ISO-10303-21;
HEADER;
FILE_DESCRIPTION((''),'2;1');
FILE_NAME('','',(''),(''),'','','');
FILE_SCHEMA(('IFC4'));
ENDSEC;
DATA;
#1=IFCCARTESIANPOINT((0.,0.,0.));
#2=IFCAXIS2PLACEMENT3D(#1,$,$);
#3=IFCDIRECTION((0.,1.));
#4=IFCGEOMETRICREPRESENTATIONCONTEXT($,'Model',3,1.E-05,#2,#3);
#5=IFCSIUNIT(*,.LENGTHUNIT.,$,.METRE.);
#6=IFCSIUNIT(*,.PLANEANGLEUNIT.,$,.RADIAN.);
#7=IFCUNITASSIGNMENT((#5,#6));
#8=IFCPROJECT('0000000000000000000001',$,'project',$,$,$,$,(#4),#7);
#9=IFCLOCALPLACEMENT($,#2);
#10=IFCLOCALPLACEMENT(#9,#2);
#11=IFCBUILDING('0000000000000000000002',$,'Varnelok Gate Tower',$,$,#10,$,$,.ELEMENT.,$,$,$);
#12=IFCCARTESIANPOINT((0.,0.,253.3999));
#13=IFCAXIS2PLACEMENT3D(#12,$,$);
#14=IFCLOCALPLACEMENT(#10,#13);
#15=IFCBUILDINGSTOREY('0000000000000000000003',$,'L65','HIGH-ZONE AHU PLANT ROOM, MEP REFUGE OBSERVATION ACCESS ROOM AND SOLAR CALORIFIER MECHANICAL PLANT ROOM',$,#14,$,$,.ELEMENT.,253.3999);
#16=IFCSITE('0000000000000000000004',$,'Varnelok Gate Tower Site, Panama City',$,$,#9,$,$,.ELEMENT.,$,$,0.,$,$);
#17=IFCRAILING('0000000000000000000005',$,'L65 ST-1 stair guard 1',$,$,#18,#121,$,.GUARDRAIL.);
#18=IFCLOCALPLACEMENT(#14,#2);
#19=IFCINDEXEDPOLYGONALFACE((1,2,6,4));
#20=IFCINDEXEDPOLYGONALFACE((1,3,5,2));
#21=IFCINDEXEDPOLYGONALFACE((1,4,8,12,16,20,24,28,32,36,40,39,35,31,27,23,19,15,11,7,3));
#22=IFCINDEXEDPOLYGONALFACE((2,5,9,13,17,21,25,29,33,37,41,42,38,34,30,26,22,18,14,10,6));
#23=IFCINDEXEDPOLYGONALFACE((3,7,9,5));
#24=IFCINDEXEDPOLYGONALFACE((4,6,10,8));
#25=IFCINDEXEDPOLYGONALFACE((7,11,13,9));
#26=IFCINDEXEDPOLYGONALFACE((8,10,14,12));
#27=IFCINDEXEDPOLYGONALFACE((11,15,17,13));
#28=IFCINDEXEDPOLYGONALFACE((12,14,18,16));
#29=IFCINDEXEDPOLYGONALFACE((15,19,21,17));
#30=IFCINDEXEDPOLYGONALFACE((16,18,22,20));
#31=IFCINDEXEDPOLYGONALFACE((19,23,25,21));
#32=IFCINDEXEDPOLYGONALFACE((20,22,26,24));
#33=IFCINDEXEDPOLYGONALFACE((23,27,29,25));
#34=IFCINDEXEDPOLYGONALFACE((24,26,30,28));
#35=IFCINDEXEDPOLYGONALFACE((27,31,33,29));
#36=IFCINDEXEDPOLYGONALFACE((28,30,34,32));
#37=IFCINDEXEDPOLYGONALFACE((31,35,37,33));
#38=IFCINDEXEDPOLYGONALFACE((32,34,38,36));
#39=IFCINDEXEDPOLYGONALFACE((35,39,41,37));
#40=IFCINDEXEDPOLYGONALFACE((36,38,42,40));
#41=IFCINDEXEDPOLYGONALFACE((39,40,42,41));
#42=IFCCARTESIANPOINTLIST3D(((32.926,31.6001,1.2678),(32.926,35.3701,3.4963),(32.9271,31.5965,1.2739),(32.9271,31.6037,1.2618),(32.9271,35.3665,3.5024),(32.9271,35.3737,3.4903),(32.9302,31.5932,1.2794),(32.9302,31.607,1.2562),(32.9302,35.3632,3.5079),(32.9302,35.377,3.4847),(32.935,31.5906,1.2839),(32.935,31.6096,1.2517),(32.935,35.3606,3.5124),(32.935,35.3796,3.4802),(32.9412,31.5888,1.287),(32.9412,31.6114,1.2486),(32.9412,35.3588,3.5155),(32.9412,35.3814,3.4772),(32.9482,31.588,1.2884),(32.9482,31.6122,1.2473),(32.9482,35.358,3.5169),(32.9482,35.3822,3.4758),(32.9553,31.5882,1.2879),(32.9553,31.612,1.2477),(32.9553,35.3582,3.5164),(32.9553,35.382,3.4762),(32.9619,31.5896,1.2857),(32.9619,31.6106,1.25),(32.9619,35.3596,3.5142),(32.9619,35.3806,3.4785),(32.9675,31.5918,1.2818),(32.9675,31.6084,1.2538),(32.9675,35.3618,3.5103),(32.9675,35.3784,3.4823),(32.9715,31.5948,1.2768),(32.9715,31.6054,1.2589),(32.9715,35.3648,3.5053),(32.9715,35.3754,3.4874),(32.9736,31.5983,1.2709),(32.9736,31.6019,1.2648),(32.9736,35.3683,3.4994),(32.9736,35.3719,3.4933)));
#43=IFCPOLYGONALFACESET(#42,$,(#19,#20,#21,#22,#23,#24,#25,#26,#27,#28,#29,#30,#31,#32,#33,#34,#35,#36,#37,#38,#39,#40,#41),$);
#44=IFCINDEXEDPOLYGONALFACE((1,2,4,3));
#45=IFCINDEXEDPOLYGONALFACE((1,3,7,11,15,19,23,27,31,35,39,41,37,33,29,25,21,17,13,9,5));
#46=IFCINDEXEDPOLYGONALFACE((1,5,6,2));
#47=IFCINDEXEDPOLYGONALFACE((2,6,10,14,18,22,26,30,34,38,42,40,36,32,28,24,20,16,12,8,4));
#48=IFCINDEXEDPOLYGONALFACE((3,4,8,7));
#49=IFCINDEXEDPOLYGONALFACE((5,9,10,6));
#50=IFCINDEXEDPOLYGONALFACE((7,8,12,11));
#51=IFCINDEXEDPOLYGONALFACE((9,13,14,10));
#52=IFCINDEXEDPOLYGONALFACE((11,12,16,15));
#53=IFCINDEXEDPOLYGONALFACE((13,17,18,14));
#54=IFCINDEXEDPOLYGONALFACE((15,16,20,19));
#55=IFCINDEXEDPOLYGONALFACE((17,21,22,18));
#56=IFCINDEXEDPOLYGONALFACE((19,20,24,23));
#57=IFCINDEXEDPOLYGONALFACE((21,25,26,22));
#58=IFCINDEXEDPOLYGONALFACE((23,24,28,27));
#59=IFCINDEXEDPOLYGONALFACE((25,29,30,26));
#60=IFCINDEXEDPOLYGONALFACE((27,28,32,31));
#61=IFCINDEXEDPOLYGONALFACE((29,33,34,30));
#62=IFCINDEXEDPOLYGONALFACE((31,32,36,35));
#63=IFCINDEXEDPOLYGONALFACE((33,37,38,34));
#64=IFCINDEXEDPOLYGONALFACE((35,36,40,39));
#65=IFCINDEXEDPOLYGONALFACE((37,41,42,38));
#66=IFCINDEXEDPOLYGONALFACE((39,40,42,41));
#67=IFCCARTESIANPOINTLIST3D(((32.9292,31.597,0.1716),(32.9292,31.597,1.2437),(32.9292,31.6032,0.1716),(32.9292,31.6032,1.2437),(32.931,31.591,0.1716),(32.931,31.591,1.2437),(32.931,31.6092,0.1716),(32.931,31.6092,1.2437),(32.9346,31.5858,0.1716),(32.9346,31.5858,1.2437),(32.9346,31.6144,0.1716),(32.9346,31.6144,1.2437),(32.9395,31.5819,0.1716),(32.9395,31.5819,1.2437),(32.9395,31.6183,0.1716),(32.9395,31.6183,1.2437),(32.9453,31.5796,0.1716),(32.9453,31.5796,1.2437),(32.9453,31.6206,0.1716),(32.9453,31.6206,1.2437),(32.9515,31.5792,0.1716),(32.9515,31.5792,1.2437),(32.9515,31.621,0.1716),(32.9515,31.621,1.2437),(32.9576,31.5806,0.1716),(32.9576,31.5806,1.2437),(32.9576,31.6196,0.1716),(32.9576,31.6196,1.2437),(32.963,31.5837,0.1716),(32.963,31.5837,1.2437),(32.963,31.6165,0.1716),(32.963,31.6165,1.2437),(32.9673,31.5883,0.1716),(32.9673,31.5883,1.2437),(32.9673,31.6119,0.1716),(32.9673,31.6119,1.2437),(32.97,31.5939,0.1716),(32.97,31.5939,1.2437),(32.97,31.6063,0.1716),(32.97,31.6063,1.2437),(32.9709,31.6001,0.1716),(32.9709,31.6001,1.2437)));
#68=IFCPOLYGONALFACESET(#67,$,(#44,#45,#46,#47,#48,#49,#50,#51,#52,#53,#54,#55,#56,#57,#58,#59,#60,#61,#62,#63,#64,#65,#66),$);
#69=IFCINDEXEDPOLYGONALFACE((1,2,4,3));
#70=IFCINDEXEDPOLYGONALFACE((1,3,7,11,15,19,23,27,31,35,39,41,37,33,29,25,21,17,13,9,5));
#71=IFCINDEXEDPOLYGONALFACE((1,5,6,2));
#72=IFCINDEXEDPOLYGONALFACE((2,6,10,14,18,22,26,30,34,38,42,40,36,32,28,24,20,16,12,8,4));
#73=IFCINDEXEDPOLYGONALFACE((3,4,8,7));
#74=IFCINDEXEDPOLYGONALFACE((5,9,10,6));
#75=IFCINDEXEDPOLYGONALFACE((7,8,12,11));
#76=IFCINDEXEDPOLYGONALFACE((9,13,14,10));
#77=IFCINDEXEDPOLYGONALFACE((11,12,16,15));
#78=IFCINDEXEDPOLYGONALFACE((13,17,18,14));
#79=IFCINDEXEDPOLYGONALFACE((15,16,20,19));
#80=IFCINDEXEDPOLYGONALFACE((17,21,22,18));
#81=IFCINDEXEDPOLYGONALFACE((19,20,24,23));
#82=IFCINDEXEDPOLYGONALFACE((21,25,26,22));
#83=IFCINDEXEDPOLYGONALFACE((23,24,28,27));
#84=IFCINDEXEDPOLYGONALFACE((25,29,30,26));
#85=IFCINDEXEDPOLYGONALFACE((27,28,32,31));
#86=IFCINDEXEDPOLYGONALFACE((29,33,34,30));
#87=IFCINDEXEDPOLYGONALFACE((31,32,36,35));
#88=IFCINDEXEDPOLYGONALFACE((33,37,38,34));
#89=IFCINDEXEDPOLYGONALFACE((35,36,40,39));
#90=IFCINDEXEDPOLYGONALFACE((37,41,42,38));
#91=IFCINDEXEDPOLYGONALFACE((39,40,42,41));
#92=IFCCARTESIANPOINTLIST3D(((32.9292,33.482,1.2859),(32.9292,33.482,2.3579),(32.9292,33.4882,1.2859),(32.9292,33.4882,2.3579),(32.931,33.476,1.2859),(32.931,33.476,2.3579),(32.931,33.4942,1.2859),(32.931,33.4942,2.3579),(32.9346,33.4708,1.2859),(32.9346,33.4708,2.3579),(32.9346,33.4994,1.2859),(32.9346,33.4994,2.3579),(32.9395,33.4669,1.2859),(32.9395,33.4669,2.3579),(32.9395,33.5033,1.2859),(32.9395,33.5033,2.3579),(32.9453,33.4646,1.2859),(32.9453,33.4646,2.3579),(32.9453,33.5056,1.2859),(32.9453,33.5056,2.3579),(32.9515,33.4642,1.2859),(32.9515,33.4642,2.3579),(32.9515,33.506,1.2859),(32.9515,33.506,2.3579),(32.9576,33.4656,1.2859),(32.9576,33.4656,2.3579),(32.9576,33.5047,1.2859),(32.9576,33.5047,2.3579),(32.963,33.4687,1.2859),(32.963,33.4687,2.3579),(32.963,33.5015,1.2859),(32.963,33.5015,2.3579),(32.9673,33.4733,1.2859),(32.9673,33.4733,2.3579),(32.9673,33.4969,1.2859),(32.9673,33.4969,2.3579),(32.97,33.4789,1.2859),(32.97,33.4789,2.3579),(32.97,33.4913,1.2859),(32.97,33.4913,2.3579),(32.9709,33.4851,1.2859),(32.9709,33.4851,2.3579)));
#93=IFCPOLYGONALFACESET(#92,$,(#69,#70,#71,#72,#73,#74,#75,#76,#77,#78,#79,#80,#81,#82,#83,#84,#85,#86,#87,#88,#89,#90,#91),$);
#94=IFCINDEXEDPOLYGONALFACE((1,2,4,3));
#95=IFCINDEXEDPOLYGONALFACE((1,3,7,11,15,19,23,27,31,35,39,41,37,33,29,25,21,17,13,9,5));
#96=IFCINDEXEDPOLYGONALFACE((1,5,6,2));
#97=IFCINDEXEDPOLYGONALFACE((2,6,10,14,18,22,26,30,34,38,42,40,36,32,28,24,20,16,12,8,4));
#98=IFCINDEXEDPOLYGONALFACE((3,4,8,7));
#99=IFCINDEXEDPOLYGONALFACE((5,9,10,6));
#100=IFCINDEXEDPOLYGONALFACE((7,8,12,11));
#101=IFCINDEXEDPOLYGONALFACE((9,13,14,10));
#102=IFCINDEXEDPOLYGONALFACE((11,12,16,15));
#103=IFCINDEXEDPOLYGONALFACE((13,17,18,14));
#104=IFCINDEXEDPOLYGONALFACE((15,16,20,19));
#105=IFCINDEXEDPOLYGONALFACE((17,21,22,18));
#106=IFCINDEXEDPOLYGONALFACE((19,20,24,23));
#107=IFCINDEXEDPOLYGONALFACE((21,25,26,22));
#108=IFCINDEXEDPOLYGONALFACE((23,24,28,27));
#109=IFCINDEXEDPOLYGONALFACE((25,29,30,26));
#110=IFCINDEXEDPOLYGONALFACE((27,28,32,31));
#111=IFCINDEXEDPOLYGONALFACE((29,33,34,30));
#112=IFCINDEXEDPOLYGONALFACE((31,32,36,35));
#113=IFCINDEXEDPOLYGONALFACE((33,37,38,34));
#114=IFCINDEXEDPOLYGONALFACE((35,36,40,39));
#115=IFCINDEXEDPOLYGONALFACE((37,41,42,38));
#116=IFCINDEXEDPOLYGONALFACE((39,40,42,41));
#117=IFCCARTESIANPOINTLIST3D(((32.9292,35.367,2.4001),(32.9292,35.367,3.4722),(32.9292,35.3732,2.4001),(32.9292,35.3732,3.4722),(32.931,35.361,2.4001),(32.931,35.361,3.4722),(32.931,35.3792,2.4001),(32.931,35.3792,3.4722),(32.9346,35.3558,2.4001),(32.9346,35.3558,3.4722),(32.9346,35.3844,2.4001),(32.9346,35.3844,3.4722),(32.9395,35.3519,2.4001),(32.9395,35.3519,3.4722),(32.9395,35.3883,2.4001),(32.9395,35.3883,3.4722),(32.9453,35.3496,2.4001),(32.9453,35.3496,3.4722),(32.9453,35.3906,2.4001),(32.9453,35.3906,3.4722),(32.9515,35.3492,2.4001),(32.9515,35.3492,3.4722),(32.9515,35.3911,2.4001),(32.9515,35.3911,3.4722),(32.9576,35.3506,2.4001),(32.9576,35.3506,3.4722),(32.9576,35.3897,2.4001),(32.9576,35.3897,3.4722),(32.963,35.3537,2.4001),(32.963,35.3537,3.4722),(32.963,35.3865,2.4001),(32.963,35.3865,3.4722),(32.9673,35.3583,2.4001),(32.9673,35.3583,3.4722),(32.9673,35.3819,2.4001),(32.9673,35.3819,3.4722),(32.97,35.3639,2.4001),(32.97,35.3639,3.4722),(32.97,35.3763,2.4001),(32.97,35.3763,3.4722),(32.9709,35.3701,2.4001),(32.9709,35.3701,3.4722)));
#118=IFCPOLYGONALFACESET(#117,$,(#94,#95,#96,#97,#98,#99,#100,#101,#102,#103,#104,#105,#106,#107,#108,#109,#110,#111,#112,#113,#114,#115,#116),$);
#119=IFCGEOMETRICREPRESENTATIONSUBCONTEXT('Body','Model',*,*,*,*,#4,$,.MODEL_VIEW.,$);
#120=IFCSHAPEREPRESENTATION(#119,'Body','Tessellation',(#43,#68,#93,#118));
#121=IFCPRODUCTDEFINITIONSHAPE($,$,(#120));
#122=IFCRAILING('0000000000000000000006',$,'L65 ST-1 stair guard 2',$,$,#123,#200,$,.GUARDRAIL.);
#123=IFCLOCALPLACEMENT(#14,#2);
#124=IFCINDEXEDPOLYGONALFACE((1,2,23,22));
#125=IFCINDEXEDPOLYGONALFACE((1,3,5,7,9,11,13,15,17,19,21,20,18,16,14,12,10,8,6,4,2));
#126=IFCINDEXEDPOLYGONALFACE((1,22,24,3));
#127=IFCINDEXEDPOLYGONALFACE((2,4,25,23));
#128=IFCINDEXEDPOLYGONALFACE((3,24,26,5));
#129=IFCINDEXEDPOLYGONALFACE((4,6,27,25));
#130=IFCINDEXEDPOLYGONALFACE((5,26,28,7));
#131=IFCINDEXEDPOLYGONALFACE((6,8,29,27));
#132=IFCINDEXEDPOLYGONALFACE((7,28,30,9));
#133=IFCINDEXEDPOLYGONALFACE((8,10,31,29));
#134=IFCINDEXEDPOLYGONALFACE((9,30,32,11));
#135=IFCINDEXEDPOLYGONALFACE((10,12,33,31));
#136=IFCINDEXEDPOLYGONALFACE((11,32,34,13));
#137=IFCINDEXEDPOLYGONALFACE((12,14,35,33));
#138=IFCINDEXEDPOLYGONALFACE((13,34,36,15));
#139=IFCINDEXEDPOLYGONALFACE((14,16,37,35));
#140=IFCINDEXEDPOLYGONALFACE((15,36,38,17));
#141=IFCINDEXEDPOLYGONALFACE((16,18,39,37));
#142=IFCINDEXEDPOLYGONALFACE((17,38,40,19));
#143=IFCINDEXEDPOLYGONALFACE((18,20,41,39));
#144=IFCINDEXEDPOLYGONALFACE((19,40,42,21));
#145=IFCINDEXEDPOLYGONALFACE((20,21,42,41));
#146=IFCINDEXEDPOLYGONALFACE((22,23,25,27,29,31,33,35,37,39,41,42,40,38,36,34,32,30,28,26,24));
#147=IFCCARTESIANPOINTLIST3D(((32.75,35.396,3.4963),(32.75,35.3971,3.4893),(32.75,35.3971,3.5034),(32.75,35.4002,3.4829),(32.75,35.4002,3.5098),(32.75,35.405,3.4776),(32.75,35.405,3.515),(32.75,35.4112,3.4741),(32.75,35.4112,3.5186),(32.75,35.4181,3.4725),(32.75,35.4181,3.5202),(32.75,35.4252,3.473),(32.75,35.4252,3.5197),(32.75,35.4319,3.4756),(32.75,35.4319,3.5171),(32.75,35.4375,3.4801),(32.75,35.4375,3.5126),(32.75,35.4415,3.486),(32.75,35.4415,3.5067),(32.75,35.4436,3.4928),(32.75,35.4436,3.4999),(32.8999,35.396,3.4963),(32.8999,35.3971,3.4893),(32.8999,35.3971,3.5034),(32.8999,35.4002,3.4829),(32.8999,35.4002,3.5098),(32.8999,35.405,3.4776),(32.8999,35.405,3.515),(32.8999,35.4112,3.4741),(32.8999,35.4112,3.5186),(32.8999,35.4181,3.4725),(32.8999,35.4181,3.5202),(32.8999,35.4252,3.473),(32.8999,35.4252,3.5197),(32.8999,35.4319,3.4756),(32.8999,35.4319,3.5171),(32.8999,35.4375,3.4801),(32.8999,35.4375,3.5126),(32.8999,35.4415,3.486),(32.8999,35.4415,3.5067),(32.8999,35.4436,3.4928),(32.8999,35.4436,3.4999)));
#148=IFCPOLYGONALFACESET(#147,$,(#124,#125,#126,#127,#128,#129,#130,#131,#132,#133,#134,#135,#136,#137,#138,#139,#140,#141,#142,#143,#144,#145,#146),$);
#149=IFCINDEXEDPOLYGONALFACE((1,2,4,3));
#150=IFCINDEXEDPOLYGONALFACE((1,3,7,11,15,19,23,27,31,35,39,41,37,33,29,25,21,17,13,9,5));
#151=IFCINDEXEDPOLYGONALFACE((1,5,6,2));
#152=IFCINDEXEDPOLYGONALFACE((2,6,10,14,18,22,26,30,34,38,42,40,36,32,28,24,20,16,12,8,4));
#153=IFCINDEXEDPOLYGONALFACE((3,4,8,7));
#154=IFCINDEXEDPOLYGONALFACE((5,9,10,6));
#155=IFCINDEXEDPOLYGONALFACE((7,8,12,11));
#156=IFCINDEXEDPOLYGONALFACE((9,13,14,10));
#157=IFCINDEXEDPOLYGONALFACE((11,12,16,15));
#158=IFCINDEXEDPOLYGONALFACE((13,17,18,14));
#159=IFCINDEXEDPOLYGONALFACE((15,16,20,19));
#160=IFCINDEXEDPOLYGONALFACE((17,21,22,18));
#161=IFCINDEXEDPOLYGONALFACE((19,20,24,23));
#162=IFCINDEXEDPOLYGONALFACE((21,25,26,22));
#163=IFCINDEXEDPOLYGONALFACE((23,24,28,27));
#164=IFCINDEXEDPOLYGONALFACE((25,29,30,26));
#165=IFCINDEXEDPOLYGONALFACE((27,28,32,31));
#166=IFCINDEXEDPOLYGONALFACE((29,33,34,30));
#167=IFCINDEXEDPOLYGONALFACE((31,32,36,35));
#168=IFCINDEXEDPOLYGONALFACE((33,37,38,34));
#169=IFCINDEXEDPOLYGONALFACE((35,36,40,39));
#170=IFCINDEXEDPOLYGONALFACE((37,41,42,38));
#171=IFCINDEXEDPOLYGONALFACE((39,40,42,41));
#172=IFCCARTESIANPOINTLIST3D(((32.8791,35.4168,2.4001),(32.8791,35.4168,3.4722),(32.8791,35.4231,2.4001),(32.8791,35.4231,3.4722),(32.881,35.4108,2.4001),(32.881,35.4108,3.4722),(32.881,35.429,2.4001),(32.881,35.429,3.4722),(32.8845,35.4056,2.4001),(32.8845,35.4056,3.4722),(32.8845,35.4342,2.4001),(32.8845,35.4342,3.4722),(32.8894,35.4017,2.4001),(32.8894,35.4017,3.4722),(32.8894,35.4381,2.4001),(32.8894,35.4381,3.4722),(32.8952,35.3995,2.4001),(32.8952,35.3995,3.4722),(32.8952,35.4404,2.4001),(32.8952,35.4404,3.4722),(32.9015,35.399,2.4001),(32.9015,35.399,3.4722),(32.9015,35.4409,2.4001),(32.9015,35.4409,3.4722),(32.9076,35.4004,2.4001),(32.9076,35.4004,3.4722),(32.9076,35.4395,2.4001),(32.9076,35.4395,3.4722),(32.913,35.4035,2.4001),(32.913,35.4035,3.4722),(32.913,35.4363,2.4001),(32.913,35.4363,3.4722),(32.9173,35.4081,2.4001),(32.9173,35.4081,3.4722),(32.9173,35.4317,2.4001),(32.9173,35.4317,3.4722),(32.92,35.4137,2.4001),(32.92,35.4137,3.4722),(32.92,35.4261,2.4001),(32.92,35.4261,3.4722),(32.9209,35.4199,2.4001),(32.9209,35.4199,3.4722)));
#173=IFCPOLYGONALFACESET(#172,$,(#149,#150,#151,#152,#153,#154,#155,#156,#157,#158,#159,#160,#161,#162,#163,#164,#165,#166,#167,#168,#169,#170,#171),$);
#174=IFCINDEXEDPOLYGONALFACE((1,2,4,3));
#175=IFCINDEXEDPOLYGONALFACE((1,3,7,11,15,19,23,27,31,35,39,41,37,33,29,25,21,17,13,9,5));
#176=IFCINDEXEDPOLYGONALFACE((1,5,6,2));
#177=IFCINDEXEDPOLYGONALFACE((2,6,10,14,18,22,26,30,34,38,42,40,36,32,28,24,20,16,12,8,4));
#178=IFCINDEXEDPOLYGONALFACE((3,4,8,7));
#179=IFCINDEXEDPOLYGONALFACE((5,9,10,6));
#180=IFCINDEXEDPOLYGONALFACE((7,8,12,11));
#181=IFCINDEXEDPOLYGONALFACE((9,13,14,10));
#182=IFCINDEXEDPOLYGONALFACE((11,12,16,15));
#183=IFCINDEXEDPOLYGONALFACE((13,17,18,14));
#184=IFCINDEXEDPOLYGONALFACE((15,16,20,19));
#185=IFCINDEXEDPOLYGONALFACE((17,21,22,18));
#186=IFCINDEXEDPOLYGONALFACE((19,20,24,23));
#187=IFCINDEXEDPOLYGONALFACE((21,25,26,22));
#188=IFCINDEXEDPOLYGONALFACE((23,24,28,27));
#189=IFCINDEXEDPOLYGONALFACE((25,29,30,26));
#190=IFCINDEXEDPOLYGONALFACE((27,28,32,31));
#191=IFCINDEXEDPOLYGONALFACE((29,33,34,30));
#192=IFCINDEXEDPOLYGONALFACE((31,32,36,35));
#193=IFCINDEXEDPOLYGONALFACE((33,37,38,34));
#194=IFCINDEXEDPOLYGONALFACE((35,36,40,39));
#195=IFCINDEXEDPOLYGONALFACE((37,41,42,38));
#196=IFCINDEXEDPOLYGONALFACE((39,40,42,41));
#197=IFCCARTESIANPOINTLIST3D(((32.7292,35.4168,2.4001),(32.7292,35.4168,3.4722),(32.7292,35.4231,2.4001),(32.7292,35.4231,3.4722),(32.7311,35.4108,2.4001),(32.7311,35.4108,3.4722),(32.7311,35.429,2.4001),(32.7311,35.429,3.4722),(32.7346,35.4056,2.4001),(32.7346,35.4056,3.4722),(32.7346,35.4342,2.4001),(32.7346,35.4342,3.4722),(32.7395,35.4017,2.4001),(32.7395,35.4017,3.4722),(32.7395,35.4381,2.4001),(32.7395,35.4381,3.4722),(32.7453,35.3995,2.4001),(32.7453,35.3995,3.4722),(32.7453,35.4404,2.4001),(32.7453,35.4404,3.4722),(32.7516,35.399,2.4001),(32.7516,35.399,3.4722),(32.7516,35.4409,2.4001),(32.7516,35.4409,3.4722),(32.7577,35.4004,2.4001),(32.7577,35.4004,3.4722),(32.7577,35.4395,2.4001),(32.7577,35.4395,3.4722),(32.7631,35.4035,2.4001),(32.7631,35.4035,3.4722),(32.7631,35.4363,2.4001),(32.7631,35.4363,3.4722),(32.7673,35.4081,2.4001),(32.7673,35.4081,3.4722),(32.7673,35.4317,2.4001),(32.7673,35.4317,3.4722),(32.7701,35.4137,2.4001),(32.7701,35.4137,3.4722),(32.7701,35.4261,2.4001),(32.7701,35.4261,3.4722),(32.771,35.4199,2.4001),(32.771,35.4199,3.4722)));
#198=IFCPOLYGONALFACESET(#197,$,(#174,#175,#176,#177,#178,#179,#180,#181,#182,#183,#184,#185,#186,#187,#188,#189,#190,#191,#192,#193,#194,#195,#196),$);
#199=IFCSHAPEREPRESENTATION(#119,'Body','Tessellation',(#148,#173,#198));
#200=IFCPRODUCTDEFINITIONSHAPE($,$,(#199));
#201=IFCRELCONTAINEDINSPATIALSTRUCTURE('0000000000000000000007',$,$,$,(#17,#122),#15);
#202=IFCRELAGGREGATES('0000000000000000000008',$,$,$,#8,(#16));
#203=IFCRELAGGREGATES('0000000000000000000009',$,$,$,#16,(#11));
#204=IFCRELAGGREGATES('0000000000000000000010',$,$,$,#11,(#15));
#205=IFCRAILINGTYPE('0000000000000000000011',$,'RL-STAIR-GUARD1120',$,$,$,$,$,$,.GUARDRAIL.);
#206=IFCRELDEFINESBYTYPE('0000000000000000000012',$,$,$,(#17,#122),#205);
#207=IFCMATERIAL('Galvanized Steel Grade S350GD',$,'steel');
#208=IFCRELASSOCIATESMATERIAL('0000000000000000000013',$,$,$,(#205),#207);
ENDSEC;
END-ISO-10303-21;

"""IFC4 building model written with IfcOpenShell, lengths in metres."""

from ifc_helpers import new_model, si_unit, direction, frame, origin, origin_2d, place, context, subcontext, project, spatial, circle, extrude, material, type_object, element, save


model = new_model("IFC4")

# Units and contexts
model_context = context("Model", 3, precision=1e-05, world=origin(), true_north=direction((0.0, 1.0)))
body_context = subcontext(model_context, "Body", "Model", "MODEL_VIEW")
ifc_project = project(units=[si_unit("LENGTHUNIT", "METRE"), si_unit("PLANEANGLEUNIT", "RADIAN")], contexts=[model_context])

# Site, building, storey
site_placement = place(None, origin())
site = spatial("IfcSite", under=ifc_project, at=site_placement, Name="Varnelok Gate Tower Site, Panama City", CompositionType="ELEMENT", RefElevation=0.0)
building_placement = place(site_placement, origin())
building = spatial("IfcBuilding", under=site, at=building_placement, Name="Varnelok Gate Tower", CompositionType="ELEMENT")
storey_placement = place(building_placement, frame((0.0, 0.0, 253.3999)))
storey = spatial("IfcBuildingStorey", under=building, at=storey_placement, Name="L65", Description="HIGH-ZONE AHU PLANT ROOM, MEP REFUGE OBSERVATION ACCESS ROOM AND SOLAR CALORIFIER MECHANICAL PLANT ROOM", CompositionType="ELEMENT", Elevation=253.3999)

# Shared definitions
ifc_material_1 = material(Name="Galvanized Steel Grade S350GD", Category="steel")

# Railings
railing_type_1 = type_object("IfcRailingType", Name="RL-STAIR-GUARD1120", PredefinedType="GUARDRAIL", material=ifc_material_1)
railing_1_placement = place(storey_placement, frame((32.95, 31.6001, 0.1716)))
element("IfcRailing", 1, at=railing_1_placement, inside=storey, type_object=railing_type_1, Name="L65 ST-1 stair guard 1", PredefinedType="GUARDRAIL", context=body_context, shape_type="SweptSolid", body=[
    extrude(circle(Radius=0.0239, at=origin_2d()), frame((0.0, 0.0, 1.0962), z_axis=(0.0, 0.860849, 0.508861), x_axis=(-1.0, 0.0, 0.0)), (0.0, 0.0, 1.0), 4.3794),
    extrude(circle(Radius=0.021, at=origin_2d()), origin(), (0.0, 0.0, 1.0), 1.072),
    extrude(circle(Radius=0.021, at=origin_2d()), frame((0.0, 1.885, 1.1143)), (0.0, 0.0, 1.0), 1.072),
    extrude(circle(Radius=0.021, at=origin_2d()), frame((0.0, 3.77, 2.2285)), (0.0, 0.0, 1.0), 1.072),
])
railing_2_placement = place(storey_placement, frame((32.8999, 35.4199, 2.4001)))
element("IfcRailing", 2, at=railing_2_placement, inside=storey, type_object=railing_type_1, Name="L65 ST-1 stair guard 2", PredefinedType="GUARDRAIL", context=body_context, shape_type="SweptSolid", body=[
    extrude(circle(Radius=0.0239, at=origin_2d()), frame((0.0, 0.0, 1.0962), z_axis=(-1.0, 0.0, 0.0), x_axis=(0.0, -1.0, 0.0)), (0.0, 0.0, 1.0), 0.1499),
    extrude(circle(Radius=0.021, at=origin_2d()), origin(), (0.0, 0.0, 1.0), 1.072),
    extrude(circle(Radius=0.021, at=origin_2d()), frame((-0.1499, 0.0, 0.0)), (0.0, 0.0, 1.0), 1.072),
])

save(model, "model.ifc")
